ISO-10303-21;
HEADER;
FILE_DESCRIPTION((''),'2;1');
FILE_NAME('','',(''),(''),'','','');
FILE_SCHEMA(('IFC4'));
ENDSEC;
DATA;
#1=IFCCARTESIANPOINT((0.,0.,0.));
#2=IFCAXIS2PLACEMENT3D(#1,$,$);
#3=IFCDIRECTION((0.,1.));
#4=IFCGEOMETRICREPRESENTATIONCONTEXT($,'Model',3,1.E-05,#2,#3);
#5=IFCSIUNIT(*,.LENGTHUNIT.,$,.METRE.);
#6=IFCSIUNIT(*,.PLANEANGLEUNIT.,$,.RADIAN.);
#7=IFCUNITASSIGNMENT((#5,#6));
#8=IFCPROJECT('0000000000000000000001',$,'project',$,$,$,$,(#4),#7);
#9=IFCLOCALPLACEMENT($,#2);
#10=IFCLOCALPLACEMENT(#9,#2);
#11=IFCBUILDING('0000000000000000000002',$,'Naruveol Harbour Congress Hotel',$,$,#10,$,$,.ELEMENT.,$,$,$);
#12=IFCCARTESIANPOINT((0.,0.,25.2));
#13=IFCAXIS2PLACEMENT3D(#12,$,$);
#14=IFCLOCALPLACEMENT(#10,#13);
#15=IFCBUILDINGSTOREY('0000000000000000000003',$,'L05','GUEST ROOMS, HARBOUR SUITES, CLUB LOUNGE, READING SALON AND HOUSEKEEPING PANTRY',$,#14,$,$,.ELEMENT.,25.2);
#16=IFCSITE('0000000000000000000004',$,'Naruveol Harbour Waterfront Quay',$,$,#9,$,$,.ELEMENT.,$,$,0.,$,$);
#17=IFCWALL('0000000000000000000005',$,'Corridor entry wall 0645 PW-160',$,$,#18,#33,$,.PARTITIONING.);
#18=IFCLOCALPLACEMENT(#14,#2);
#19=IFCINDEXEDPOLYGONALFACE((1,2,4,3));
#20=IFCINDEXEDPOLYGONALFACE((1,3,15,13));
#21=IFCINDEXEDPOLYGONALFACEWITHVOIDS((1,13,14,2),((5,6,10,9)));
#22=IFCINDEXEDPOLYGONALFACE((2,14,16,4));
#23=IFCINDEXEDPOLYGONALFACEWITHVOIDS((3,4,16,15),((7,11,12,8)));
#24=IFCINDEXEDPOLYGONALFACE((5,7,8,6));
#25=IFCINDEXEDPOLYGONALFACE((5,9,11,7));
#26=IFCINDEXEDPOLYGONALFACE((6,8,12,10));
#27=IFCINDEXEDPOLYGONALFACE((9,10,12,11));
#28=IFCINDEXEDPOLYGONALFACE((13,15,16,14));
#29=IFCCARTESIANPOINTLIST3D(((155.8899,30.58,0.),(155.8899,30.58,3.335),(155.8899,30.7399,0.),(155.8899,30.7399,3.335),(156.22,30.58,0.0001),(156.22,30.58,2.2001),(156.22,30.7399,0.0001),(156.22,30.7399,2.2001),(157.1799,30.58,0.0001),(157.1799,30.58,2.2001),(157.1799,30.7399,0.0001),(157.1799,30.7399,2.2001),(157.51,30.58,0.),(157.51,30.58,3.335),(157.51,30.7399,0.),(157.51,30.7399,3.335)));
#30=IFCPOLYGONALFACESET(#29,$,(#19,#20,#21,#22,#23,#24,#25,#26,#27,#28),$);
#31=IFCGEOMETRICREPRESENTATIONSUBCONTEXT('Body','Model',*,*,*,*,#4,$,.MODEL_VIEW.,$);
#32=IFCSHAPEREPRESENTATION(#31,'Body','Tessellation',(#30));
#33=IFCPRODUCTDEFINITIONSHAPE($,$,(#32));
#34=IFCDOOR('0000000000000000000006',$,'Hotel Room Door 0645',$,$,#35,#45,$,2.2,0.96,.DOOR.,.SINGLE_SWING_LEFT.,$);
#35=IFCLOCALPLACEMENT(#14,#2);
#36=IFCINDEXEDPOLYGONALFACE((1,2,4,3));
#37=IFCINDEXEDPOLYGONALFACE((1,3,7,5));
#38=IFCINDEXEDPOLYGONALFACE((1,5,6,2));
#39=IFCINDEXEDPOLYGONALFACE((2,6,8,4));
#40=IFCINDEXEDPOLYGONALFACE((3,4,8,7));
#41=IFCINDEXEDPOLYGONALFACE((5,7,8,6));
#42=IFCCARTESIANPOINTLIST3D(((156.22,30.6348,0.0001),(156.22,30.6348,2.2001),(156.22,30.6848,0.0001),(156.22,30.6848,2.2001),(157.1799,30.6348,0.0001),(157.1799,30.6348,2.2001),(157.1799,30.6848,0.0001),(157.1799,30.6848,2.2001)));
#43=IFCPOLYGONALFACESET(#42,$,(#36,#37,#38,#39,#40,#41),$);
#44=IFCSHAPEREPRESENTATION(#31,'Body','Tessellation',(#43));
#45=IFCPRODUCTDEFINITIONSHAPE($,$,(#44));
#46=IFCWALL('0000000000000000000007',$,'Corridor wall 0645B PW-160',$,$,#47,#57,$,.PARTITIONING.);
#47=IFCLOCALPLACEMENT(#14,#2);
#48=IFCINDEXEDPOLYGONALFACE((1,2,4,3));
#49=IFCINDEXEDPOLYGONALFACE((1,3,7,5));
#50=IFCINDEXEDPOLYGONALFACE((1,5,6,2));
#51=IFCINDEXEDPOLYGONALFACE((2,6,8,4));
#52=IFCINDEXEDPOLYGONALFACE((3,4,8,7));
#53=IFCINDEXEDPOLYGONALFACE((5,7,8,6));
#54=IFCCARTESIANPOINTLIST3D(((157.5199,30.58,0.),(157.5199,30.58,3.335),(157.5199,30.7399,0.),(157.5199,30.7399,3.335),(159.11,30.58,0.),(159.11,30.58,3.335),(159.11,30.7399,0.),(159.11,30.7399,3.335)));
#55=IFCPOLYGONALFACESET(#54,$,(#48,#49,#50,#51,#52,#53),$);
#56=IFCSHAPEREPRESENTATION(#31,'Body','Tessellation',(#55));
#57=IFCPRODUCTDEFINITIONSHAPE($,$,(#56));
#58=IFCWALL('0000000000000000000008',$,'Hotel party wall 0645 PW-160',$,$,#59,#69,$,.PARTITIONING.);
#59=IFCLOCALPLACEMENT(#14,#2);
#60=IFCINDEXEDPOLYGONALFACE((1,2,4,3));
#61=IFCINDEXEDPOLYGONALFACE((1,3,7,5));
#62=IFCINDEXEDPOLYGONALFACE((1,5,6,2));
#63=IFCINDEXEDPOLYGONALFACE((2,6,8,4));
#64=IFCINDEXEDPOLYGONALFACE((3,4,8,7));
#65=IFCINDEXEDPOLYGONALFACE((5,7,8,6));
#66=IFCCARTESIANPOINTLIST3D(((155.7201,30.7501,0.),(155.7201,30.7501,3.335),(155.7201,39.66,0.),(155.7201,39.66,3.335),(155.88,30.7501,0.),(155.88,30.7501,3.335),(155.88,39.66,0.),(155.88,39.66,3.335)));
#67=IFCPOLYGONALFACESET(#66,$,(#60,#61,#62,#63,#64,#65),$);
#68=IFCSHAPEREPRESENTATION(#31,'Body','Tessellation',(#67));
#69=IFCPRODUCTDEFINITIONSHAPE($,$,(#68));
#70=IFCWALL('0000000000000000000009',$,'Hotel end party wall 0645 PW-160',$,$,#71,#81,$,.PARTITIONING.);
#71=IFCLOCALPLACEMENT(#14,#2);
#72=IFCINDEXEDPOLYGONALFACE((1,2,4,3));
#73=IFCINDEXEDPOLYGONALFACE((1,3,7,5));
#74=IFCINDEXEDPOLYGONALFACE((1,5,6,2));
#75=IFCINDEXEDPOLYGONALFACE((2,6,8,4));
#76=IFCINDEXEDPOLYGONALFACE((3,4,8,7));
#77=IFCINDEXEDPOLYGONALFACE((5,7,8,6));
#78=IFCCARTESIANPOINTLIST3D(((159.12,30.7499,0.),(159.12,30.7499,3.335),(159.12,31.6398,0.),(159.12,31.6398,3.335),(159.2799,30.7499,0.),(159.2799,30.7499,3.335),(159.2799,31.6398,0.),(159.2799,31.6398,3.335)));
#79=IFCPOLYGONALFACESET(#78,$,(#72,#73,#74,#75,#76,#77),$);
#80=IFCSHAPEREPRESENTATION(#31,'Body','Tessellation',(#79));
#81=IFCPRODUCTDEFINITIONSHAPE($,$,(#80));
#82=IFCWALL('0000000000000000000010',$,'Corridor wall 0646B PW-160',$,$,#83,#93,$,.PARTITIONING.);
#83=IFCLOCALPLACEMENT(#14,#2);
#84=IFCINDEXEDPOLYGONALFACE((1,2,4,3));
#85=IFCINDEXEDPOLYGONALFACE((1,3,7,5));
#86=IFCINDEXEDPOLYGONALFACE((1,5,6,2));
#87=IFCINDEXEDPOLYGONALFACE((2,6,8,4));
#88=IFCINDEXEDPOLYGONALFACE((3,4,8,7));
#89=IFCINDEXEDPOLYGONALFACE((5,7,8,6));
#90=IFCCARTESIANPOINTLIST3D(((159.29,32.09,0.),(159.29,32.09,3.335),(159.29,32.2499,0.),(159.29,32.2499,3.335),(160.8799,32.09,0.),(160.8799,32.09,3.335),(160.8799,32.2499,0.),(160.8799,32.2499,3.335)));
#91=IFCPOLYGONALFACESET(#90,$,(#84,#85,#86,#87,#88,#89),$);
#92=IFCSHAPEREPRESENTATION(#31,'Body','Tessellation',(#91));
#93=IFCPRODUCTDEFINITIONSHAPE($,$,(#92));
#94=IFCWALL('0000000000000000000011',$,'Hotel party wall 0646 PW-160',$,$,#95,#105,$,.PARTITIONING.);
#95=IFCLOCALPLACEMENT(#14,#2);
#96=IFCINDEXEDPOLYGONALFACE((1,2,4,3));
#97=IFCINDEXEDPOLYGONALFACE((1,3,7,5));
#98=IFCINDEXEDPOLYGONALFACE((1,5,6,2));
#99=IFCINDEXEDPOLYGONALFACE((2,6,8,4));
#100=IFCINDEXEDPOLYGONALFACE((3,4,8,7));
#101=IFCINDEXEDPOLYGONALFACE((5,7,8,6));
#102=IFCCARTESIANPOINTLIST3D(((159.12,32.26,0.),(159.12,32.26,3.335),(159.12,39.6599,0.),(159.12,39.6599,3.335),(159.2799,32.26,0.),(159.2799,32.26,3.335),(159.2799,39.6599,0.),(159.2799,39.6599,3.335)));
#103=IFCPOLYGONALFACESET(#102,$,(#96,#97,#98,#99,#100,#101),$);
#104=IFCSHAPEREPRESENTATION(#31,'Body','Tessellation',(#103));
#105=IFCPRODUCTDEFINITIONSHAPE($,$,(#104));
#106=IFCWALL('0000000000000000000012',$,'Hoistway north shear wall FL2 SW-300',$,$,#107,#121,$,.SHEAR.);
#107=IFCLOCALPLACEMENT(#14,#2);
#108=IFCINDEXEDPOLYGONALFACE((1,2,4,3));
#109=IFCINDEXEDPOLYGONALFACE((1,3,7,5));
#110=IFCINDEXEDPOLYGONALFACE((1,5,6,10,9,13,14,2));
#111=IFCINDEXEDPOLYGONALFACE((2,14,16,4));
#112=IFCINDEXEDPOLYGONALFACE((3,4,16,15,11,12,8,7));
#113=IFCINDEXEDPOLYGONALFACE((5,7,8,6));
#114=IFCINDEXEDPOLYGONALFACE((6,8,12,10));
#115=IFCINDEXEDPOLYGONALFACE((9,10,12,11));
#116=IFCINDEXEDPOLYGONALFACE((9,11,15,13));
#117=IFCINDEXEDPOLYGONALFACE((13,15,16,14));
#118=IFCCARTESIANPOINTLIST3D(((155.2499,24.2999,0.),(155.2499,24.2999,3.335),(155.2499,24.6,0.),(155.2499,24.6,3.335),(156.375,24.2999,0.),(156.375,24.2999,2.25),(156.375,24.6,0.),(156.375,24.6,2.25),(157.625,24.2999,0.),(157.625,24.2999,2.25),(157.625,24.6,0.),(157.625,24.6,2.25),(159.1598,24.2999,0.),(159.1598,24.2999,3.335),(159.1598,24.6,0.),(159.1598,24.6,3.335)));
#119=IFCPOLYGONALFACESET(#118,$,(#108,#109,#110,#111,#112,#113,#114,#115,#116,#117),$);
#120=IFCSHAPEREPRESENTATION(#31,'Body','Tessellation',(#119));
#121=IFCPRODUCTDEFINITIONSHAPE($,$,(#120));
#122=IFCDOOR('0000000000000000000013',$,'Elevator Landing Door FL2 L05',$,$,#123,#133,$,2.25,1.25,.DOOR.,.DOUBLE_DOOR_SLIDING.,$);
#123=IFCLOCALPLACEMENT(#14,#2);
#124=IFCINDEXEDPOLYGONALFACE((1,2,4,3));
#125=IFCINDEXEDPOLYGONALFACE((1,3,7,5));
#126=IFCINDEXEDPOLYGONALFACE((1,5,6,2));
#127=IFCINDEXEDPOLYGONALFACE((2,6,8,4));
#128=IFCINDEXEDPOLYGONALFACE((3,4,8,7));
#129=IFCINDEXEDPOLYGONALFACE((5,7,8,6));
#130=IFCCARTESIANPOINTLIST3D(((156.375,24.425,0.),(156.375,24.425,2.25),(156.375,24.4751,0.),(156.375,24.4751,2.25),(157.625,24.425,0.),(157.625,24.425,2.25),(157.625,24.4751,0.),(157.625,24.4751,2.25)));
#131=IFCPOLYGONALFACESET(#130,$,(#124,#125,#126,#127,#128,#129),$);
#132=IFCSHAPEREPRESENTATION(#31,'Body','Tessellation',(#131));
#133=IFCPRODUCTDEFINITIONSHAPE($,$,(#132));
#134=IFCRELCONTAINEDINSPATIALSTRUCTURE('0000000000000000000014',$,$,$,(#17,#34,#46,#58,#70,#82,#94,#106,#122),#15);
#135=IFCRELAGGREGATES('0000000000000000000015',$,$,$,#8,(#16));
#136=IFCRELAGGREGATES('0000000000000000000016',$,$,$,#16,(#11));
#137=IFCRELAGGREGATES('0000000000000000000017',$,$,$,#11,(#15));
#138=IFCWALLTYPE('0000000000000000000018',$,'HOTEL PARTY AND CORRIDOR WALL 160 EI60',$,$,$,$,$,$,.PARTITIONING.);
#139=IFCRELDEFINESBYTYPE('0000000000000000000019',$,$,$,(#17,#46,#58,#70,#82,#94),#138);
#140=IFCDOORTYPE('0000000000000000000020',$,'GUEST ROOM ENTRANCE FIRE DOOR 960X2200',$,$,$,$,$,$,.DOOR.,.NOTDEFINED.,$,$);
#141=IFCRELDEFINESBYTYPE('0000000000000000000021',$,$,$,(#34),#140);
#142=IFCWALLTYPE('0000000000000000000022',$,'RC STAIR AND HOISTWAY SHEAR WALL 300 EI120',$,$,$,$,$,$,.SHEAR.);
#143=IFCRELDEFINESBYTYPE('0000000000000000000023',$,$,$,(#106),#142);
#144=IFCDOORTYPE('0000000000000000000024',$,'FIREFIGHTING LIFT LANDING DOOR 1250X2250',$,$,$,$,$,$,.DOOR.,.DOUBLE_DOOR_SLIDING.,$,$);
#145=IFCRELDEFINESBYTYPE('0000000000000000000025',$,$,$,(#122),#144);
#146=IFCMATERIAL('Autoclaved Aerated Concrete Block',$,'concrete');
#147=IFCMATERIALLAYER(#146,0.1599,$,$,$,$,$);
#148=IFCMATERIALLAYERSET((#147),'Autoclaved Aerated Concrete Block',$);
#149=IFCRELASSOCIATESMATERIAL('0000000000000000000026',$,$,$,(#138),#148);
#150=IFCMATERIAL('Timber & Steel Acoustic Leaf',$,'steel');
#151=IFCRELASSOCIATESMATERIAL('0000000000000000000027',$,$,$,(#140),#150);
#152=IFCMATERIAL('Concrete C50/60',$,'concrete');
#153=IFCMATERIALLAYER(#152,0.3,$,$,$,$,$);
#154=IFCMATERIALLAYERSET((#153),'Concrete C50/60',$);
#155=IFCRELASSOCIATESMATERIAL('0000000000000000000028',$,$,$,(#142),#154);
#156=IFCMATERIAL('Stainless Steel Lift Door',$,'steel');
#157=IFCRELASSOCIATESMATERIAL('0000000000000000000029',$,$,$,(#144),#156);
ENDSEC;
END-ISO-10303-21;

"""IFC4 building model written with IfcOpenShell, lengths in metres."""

from ifc_helpers import new_model, si_unit, direction, frame, frame_2d, origin, place, context, subcontext, project, spatial, rectangle, extrude, material, layer, layer_set, type_object, element, fill, save


model = new_model("IFC4")

# Units and contexts
model_context = context("Model", 3, precision=1e-05, world=origin(), true_north=direction((0.0, 1.0)))
body_context = subcontext(model_context, "Body", "Model", "MODEL_VIEW")
ifc_project = project(units=[si_unit("LENGTHUNIT", "METRE"), si_unit("PLANEANGLEUNIT", "RADIAN")], contexts=[model_context])

# Site, building, storey
site_placement = place(None, origin())
site = spatial("IfcSite", under=ifc_project, at=site_placement, Name="Naruveol Harbour Waterfront Quay", CompositionType="ELEMENT", RefElevation=0.0)
building_placement = place(site_placement, origin())
building = spatial("IfcBuilding", under=site, at=building_placement, Name="Naruveol Harbour Congress Hotel", CompositionType="ELEMENT")
storey_placement = place(building_placement, frame((0.0, 0.0, 25.2)))
storey = spatial("IfcBuildingStorey", under=building, at=storey_placement, Name="L05", Description="GUEST ROOMS, HARBOUR SUITES, CLUB LOUNGE, READING SALON AND HOUSEKEEPING PANTRY", CompositionType="ELEMENT", Elevation=25.2)

# Shared definitions
ifc_material_1 = material(Name="Autoclaved Aerated Concrete Block", Category="concrete")
ifc_layer_1 = layer(ifc_material_1, 0.1599)
ifc_layer_set_1 = layer_set([ifc_layer_1], Name="Autoclaved Aerated Concrete Block")
wall_type_1 = type_object("IfcWallType", Name="HOTEL PARTY AND CORRIDOR WALL 160 EI60", PredefinedType="PARTITIONING", material=ifc_layer_set_1)

# Wall, opening, door
wall_1_placement = place(storey_placement, frame((155.8899, 30.6599, 0.0), z_axis=(0.0, 0.0, 1.0), x_axis=(1.0, 0.0, 0.0)))
wall_1 = element("IfcWall", 1, at=wall_1_placement, inside=storey, type_object=wall_type_1, Name="Corridor entry wall 0645 PW-160", PredefinedType="PARTITIONING", context=body_context, shape_type="SweptSolid", body=[
    extrude(rectangle(XDim=1.6201, YDim=0.1599, at=frame_2d((0.8101, 0.0))), origin(), (0.0, 0.0, 1.0), 3.335),
])
opening_1_placement = place(wall_1_placement, frame((0.3301, 0.0, 0.0)))
opening_1 = element("IfcOpeningElement", 2, at=opening_1_placement, cuts=wall_1, PredefinedType="OPENING", context=body_context, shape_type="SweptSolid", body=[
    extrude(rectangle(XDim=0.96, YDim=2.2, at=frame_2d((0.48, 1.1001))), frame((0.0, 0.0898, 0.0), z_axis=(0.0, -1.0, 0.0), x_axis=(1.0, 0.0, 0.0)), (0.0, 0.0, 1.0), 0.1799),
])
ifc_material_2 = material(Name="Timber & Steel Acoustic Leaf", Category="steel")
door_type_1 = type_object("IfcDoorType", Name="GUEST ROOM ENTRANCE FIRE DOOR 960X2200", OperationType="NOTDEFINED", PredefinedType="DOOR", material=ifc_material_2)
door_1_placement = place(opening_1_placement, origin())
door_1 = element("IfcDoor", 3, at=door_1_placement, inside=storey, type_object=door_type_1, Name="Hotel Room Door 0645", OperationType="SINGLE_SWING_LEFT", OverallHeight=2.2, OverallWidth=0.96, PredefinedType="DOOR", context=body_context, shape_type="SweptSolid", body=[
    extrude(rectangle(XDim=0.96, YDim=2.2, at=frame_2d((0.48, 1.1001))), frame((0.0, 0.0249, 0.0), z_axis=(0.0, -1.0, 0.0), x_axis=(1.0, 0.0, 0.0)), (0.0, 0.0, 1.0), 0.05),
])
fill(opening_1, door_1)

# Walls
wall_2_placement = place(storey_placement, frame((157.52, 30.6599, 0.0), z_axis=(0.0, 0.0, 1.0), x_axis=(1.0, 0.0, 0.0)))
element("IfcWall", 4, at=wall_2_placement, inside=storey, type_object=wall_type_1, Name="Corridor wall 0645B PW-160", PredefinedType="PARTITIONING", context=body_context, shape_type="SweptSolid", body=[
    extrude(rectangle(XDim=1.5901, YDim=0.1599, at=frame_2d((0.7949, 0.0))), origin(), (0.0, 0.0, 1.0), 3.335),
])
wall_3_placement = place(storey_placement, frame((155.8, 30.75, 0.0), z_axis=(0.0, 0.0, 1.0), x_axis=(0.0, 1.0, 0.0)))
element("IfcWall", 5, at=wall_3_placement, inside=storey, type_object=wall_type_1, Name="Hotel party wall 0645 PW-160", PredefinedType="PARTITIONING", context=body_context, shape_type="SweptSolid", body=[
    extrude(rectangle(XDim=8.9099, YDim=0.1599, at=frame_2d((4.4551, 0.0))), origin(), (0.0, 0.0, 1.0), 3.335),
])
wall_4_placement = place(storey_placement, frame((159.2, 30.75, 0.0), z_axis=(0.0, 0.0, 1.0), x_axis=(0.0, 1.0, 0.0)))
element("IfcWall", 6, at=wall_4_placement, inside=storey, type_object=wall_type_1, Name="Hotel end party wall 0645 PW-160", PredefinedType="PARTITIONING", context=body_context, shape_type="SweptSolid", body=[
    extrude(rectangle(XDim=0.8899, YDim=0.1599, at=frame_2d((0.4448, 0.0))), origin(), (0.0, 0.0, 1.0), 3.335),
])
wall_5_placement = place(storey_placement, frame((159.29, 32.1699, 0.0), z_axis=(0.0, 0.0, 1.0), x_axis=(1.0, 0.0, 0.0)))
element("IfcWall", 7, at=wall_5_placement, inside=storey, type_object=wall_type_1, Name="Corridor wall 0646B PW-160", PredefinedType="PARTITIONING", context=body_context, shape_type="SweptSolid", body=[
    extrude(rectangle(XDim=1.5898, YDim=0.1599, at=frame_2d((0.7949, 0.0))), origin(), (0.0, 0.0, 1.0), 3.335),
])
wall_6_placement = place(storey_placement, frame((159.2, 32.26, 0.0), z_axis=(0.0, 0.0, 1.0), x_axis=(0.0, 1.0, 0.0)))
element("IfcWall", 8, at=wall_6_placement, inside=storey, type_object=wall_type_1, Name="Hotel party wall 0646 PW-160", PredefinedType="PARTITIONING", context=body_context, shape_type="SweptSolid", body=[
    extrude(rectangle(XDim=7.3999, YDim=0.1599, at=frame_2d((3.7, 0.0))), origin(), (0.0, 0.0, 1.0), 3.335),
])

# Wall, opening, door
ifc_material_3 = material(Name="Concrete C50/60", Category="concrete")
ifc_layer_2 = layer(ifc_material_3, 0.3)
ifc_layer_set_2 = layer_set([ifc_layer_2], Name="Concrete C50/60")
wall_type_2 = type_object("IfcWallType", Name="RC STAIR AND HOISTWAY SHEAR WALL 300 EI120", PredefinedType="SHEAR", material=ifc_layer_set_2)
wall_7_placement = place(storey_placement, frame((159.1599, 24.45, 0.0), z_axis=(0.0, 0.0, 1.0), x_axis=(-1.0, 0.0, 0.0)))
wall_7 = element("IfcWall", 9, at=wall_7_placement, inside=storey, type_object=wall_type_2, Name="Hoistway north shear wall FL2 SW-300", PredefinedType="SHEAR", context=body_context, shape_type="SweptSolid", body=[
    extrude(rectangle(XDim=3.9099, YDim=0.3, at=frame_2d((1.9551, 0.0))), origin(), (0.0, 0.0, 1.0), 3.335),
])
opening_2_placement = place(wall_7_placement, frame((1.5349, 0.0, 0.0)))
opening_2 = element("IfcOpeningElement", 10, at=opening_2_placement, cuts=wall_7, PredefinedType="OPENING", context=body_context, shape_type="SweptSolid", body=[
    extrude(rectangle(XDim=1.25, YDim=2.25, at=frame_2d((0.625, 1.125))), frame((0.0, 0.1599, 0.0), z_axis=(0.0, -1.0, 0.0), x_axis=(1.0, 0.0, 0.0)), (0.0, 0.0, 1.0), 0.3201),
])
ifc_material_4 = material(Name="Stainless Steel Lift Door", Category="steel")
door_type_2 = type_object("IfcDoorType", Name="FIREFIGHTING LIFT LANDING DOOR 1250X2250", OperationType="DOUBLE_DOOR_SLIDING", PredefinedType="DOOR", material=ifc_material_4)
door_2_placement = place(opening_2_placement, origin())
door_2 = element("IfcDoor", 11, at=door_2_placement, inside=storey, type_object=door_type_2, Name="Elevator Landing Door FL2 L05", OperationType="DOUBLE_DOOR_SLIDING", OverallHeight=2.25, OverallWidth=1.25, PredefinedType="DOOR", context=body_context, shape_type="SweptSolid", body=[
    extrude(rectangle(XDim=1.25, YDim=2.25, at=frame_2d((0.625, 1.125))), frame((0.0, 0.0249, 0.0), z_axis=(0.0, -1.0, 0.0), x_axis=(1.0, 0.0, 0.0)), (0.0, 0.0, 1.0), 0.05),
])
fill(opening_2, door_2)

save(model, "model.ifc")
